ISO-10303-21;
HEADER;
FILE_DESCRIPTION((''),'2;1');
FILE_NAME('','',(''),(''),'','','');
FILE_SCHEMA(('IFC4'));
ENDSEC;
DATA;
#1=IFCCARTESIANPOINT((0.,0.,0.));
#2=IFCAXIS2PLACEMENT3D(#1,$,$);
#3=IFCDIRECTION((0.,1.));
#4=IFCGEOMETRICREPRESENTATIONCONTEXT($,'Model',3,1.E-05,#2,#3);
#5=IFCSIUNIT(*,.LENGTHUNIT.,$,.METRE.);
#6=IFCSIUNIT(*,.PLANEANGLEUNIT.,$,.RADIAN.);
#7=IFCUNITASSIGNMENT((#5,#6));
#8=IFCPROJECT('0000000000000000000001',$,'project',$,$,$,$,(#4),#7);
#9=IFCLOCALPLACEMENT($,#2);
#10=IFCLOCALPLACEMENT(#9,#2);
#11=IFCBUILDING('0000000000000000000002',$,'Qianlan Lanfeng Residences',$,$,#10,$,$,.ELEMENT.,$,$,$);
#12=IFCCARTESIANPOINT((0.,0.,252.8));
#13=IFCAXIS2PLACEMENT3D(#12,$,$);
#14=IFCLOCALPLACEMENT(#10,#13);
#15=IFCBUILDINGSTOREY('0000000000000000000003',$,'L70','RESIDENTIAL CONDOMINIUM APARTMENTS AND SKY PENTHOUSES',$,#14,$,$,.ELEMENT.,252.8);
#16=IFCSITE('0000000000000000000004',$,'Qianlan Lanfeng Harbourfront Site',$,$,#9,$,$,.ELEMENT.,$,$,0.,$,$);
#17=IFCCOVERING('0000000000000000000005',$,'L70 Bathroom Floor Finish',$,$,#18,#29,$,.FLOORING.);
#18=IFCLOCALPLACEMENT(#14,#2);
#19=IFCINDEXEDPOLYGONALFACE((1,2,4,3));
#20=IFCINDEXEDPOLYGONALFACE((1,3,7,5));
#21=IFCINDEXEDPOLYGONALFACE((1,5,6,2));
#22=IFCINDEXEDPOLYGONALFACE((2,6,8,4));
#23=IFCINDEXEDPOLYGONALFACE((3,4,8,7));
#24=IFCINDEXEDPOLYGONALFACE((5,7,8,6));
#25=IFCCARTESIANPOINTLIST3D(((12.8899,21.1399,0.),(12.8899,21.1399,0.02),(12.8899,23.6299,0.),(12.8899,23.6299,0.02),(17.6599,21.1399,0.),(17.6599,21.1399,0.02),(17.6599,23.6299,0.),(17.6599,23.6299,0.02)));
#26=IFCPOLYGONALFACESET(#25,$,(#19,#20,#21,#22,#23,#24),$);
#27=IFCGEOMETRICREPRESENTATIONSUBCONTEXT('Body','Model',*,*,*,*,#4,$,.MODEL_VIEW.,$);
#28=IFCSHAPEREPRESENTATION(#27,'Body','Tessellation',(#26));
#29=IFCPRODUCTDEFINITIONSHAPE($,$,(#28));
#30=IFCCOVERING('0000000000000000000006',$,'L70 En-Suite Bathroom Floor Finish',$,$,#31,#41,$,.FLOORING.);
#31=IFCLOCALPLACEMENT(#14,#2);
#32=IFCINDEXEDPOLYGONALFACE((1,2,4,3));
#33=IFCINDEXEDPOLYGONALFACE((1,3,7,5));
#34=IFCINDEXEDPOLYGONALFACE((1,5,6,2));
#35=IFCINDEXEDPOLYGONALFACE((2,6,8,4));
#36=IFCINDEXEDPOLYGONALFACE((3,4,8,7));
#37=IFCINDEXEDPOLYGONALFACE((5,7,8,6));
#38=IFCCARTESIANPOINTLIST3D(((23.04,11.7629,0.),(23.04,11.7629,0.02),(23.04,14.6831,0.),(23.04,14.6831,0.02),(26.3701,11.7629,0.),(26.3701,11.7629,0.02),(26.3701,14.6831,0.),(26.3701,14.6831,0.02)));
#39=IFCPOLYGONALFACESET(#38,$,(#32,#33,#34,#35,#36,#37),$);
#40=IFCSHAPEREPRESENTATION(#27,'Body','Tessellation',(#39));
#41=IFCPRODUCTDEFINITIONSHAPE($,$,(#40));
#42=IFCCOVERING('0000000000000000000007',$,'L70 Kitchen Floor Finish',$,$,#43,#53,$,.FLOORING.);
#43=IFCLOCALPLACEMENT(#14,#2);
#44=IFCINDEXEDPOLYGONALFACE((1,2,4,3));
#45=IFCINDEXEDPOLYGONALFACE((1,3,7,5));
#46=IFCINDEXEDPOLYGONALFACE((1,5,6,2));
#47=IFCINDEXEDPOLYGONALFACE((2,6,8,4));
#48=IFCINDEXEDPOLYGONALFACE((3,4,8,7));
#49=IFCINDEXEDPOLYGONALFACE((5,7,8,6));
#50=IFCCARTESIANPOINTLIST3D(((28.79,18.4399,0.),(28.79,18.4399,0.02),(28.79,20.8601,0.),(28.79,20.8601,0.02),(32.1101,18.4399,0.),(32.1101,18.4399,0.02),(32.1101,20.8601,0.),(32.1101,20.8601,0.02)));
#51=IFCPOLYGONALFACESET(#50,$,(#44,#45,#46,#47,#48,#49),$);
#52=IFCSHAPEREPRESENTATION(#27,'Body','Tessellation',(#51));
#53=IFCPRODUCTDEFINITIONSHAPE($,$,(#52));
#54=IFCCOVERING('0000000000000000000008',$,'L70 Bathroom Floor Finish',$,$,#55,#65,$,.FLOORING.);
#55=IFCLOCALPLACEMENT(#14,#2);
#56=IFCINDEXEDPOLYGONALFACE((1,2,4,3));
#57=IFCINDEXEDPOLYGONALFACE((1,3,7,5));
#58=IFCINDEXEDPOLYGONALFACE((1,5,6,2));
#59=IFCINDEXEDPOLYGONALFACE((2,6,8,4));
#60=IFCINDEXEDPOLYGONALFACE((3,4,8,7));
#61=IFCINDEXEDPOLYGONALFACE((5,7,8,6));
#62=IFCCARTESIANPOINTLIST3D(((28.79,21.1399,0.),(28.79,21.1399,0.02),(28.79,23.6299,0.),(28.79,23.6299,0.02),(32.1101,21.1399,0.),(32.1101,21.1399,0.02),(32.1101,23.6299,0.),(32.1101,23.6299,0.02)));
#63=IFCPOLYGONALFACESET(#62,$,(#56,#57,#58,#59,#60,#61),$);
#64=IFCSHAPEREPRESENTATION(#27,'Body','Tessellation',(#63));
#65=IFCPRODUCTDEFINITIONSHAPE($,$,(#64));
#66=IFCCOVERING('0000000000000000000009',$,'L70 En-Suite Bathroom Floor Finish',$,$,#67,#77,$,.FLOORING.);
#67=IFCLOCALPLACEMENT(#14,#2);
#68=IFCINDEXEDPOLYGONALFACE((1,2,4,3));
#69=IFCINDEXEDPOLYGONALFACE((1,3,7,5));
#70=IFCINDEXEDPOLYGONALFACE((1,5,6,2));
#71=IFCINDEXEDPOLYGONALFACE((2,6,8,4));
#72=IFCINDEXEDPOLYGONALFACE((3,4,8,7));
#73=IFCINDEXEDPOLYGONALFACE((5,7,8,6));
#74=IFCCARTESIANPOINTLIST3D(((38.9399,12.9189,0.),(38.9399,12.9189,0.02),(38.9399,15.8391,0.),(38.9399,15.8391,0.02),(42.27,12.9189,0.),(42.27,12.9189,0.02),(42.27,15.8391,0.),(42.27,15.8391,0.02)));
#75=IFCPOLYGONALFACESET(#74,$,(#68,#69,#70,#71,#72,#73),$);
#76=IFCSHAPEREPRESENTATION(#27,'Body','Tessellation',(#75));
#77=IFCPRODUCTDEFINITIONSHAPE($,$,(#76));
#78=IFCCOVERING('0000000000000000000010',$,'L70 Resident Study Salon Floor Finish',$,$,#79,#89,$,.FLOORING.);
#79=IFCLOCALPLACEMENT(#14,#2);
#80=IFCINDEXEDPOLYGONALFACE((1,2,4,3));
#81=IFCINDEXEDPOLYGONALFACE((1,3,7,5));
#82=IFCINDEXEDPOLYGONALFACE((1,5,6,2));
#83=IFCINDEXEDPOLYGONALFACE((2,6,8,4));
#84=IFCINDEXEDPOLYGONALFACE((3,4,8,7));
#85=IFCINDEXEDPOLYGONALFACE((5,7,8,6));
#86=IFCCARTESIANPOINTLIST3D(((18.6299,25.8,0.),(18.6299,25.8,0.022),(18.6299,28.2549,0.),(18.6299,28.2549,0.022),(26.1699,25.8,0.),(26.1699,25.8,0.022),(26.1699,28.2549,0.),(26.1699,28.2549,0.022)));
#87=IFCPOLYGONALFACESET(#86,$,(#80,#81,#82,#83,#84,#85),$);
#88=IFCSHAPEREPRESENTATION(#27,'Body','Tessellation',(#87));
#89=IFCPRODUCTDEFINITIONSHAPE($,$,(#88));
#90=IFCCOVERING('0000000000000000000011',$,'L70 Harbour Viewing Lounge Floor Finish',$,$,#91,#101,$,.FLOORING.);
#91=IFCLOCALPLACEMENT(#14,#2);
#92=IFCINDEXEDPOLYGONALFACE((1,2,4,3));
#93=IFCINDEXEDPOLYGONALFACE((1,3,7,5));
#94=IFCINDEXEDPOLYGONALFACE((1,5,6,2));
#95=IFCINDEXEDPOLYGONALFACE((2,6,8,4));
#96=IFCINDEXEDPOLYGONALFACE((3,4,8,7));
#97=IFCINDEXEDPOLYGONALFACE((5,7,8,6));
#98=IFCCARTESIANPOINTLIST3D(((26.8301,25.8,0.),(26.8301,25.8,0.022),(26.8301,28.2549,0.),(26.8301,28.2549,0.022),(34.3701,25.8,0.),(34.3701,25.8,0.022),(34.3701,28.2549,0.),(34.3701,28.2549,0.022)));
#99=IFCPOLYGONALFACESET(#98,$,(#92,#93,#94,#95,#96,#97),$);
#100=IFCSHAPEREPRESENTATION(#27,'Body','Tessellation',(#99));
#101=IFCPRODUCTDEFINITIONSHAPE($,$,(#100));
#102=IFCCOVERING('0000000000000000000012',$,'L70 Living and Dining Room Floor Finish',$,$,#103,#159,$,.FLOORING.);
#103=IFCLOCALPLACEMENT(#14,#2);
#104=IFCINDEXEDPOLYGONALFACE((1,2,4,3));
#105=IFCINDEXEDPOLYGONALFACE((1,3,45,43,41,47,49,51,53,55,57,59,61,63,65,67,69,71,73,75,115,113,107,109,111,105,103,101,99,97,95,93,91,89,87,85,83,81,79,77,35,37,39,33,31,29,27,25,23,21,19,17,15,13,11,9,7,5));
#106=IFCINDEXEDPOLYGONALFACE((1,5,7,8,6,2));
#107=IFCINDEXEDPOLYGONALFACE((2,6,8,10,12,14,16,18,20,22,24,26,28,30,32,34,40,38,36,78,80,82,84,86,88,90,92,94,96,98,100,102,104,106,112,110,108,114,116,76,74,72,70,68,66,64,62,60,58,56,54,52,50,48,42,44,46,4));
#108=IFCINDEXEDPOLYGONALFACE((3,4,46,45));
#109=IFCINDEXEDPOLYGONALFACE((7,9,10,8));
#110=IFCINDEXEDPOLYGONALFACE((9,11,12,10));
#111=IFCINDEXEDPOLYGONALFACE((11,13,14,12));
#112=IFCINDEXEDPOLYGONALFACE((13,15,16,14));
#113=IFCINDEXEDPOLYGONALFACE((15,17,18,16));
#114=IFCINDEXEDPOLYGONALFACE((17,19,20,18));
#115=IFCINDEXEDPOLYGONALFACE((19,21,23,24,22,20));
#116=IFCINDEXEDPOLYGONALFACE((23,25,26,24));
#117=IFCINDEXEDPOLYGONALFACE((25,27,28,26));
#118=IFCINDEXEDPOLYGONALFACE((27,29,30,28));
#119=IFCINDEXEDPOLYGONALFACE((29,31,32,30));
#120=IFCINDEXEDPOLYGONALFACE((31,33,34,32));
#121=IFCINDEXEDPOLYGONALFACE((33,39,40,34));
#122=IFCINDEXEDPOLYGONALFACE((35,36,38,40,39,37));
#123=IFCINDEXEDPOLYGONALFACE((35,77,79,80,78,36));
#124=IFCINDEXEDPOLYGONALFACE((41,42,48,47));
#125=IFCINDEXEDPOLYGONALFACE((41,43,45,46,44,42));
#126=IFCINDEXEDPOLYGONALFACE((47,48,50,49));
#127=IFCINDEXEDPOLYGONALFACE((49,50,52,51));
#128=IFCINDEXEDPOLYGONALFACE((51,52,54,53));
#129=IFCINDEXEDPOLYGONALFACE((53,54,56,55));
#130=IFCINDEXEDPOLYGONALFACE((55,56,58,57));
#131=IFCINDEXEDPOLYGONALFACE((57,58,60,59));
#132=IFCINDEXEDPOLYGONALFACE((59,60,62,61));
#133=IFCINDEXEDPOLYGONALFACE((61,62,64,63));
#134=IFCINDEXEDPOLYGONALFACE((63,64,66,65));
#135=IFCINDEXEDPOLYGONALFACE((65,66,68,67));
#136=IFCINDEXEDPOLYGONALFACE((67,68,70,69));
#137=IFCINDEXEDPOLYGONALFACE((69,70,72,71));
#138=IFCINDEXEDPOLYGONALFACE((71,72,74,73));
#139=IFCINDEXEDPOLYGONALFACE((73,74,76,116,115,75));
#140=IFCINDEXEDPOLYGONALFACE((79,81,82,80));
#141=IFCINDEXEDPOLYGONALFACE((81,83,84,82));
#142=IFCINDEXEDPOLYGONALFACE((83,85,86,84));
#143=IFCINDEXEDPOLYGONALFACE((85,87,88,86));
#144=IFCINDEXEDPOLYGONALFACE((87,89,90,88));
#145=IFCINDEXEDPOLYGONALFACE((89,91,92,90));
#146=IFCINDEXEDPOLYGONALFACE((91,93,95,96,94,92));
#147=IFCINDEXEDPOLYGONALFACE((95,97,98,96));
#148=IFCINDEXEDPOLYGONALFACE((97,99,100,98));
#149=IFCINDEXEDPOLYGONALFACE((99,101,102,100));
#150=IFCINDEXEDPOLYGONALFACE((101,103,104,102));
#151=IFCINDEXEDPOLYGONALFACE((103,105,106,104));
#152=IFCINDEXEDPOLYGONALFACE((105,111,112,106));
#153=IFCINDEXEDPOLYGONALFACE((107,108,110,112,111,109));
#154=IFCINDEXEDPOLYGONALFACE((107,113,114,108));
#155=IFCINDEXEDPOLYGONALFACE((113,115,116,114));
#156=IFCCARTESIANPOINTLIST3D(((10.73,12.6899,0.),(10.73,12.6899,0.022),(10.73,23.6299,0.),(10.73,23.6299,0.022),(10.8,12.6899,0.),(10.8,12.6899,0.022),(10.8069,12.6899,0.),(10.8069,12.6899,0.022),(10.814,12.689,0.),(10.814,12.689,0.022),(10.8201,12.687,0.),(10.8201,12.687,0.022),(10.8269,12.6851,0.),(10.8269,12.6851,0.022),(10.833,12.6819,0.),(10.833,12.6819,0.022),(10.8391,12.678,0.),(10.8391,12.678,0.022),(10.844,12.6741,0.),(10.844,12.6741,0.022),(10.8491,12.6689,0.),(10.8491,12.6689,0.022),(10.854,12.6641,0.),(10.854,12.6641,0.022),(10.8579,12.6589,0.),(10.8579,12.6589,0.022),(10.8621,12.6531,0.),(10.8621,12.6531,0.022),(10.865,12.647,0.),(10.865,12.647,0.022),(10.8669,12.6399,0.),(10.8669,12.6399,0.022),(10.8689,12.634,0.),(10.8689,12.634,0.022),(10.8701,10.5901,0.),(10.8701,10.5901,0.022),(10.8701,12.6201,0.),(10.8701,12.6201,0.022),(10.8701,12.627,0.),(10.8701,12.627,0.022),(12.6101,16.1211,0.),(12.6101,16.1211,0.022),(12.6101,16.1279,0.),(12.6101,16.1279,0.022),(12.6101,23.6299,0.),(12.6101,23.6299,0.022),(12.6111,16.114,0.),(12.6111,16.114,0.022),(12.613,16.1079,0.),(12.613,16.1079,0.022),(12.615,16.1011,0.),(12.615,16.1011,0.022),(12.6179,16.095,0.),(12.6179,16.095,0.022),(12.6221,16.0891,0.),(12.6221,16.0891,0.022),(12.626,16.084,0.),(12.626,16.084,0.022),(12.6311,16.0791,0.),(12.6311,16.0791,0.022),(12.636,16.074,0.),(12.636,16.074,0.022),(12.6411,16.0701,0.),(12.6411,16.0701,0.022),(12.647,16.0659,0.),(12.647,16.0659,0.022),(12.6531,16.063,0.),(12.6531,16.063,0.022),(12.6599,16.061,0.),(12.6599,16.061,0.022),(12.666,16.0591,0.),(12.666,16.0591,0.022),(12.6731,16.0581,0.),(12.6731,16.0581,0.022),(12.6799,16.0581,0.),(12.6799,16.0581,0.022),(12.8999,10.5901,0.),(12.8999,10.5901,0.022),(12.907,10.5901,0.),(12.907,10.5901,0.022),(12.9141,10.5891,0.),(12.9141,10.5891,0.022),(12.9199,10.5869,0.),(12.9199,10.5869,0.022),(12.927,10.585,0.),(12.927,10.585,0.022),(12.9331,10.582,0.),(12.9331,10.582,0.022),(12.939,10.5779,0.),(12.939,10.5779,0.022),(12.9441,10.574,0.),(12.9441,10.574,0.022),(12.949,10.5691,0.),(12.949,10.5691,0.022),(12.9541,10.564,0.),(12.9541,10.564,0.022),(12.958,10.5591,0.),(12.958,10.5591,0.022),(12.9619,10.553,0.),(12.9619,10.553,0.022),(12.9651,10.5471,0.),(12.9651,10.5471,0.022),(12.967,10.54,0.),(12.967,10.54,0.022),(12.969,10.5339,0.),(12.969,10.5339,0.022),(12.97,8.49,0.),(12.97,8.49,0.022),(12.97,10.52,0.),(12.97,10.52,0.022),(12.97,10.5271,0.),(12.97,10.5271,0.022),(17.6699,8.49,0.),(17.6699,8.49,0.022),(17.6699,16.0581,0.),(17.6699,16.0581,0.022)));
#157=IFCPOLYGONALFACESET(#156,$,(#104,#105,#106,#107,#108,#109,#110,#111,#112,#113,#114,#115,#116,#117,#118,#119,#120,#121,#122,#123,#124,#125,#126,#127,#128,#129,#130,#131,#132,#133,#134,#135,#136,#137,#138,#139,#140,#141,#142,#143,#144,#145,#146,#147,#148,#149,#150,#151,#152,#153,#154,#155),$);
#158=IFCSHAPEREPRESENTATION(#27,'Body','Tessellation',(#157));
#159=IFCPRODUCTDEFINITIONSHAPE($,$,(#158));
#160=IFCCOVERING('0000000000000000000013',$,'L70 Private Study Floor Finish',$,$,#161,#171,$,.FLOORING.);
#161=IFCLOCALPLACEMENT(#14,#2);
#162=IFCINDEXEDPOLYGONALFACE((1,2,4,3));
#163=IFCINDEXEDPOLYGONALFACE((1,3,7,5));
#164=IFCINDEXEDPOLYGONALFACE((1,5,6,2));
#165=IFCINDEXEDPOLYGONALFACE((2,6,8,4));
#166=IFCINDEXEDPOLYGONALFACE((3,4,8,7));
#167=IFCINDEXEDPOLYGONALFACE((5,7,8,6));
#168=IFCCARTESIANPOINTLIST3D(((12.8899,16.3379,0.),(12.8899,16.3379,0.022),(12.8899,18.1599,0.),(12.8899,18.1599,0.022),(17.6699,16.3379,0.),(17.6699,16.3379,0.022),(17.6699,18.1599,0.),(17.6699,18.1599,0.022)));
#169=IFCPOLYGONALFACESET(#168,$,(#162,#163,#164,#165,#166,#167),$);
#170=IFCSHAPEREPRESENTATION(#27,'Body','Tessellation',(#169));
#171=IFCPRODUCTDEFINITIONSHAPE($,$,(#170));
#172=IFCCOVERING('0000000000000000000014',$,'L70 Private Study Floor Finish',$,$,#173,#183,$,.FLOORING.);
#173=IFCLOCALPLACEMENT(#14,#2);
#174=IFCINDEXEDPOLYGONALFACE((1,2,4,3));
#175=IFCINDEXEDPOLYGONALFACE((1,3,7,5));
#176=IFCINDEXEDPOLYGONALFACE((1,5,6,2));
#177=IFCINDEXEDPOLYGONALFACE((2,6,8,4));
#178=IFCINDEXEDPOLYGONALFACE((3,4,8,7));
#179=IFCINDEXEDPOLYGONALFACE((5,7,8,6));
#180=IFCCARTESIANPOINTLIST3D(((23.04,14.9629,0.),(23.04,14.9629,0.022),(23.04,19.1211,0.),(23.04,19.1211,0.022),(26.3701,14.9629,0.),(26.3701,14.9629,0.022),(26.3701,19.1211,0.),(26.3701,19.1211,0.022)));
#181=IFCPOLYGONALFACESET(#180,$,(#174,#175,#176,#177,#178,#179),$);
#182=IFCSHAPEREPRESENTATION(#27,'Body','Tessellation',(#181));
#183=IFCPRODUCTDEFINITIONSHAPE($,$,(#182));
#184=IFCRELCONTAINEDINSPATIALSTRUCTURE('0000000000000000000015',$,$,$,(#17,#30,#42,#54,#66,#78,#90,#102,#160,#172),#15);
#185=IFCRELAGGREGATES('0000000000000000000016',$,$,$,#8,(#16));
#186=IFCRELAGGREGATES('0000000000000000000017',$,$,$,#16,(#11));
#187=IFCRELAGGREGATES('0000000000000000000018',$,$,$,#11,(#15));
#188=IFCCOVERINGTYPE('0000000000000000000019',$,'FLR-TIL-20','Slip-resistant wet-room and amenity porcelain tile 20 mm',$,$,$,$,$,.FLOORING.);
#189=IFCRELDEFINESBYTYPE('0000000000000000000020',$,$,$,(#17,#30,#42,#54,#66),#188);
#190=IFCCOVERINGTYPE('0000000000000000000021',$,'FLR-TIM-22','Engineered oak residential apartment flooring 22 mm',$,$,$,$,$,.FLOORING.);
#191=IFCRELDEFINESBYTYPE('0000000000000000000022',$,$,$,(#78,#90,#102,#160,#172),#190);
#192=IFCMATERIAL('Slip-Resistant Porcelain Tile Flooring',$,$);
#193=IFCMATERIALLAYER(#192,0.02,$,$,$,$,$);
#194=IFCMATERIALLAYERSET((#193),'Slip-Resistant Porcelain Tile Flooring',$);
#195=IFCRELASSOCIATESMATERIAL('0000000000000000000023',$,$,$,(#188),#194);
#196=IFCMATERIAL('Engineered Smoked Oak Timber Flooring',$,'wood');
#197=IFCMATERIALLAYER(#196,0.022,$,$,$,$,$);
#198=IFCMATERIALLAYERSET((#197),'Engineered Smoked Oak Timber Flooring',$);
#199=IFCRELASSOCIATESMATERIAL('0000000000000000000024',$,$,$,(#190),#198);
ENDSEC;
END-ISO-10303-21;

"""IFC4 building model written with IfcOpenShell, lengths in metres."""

from ifc_helpers import new_model, si_unit, direction, frame, origin, place, context, subcontext, project, spatial, polyline, outline, extrude, material, layer, layer_set, type_object, element, save


model = new_model("IFC4")

# Units and contexts
model_context = context("Model", 3, precision=1e-05, world=origin(), true_north=direction((0.0, 1.0)))
body_context = subcontext(model_context, "Body", "Model", "MODEL_VIEW")
ifc_project = project(units=[si_unit("LENGTHUNIT", "METRE"), si_unit("PLANEANGLEUNIT", "RADIAN")], contexts=[model_context])

# Site, building, storey
site_placement = place(None, origin())
site = spatial("IfcSite", under=ifc_project, at=site_placement, Name="Qianlan Lanfeng Harbourfront Site", CompositionType="ELEMENT", RefElevation=0.0)
building_placement = place(site_placement, origin())
building = spatial("IfcBuilding", under=site, at=building_placement, Name="Qianlan Lanfeng Residences", CompositionType="ELEMENT")
storey_placement = place(building_placement, frame((0.0, 0.0, 252.8)))
storey = spatial("IfcBuildingStorey", under=building, at=storey_placement, Name="L70", Description="RESIDENTIAL CONDOMINIUM APARTMENTS AND SKY PENTHOUSES", CompositionType="ELEMENT", Elevation=252.8)

# Coverings
ifc_material_1 = material(Name="Slip-Resistant Porcelain Tile Flooring")
ifc_layer_1 = layer(ifc_material_1, 0.02)
ifc_layer_set_1 = layer_set([ifc_layer_1], Name="Slip-Resistant Porcelain Tile Flooring")
covering_type_1 = type_object("IfcCoveringType", Name="FLR-TIL-20", Description="Slip-resistant wet-room and amenity porcelain tile 20 mm", PredefinedType="FLOORING", material=ifc_layer_set_1)
covering_1_placement = place(storey_placement, origin())
element("IfcCovering", 1, at=covering_1_placement, inside=storey, type_object=covering_type_1, Name="L70 Bathroom Floor Finish", PredefinedType="FLOORING", context=body_context, shape_type="SweptSolid", body=[
    extrude(outline(polyline([(12.8899, 21.1399), (17.6599, 21.1399), (17.6599, 23.6299), (12.8899, 23.6299), (12.8899, 21.1399)])), origin(), (0.0, 0.0, 1.0), 0.02),
])
covering_2_placement = place(storey_placement, origin())
element("IfcCovering", 2, at=covering_2_placement, inside=storey, type_object=covering_type_1, Name="L70 En-Suite Bathroom Floor Finish", PredefinedType="FLOORING", context=body_context, shape_type="SweptSolid", body=[
    extrude(outline(polyline([(23.04, 11.7629), (26.3701, 11.7629), (26.3701, 14.6831), (23.04, 14.6831), (23.04, 11.7629)])), origin(), (0.0, 0.0, 1.0), 0.02),
])
covering_3_placement = place(storey_placement, origin())
element("IfcCovering", 3, at=covering_3_placement, inside=storey, type_object=covering_type_1, Name="L70 Kitchen Floor Finish", PredefinedType="FLOORING", context=body_context, shape_type="SweptSolid", body=[
    extrude(outline(polyline([(28.79, 18.4399), (32.1101, 18.4399), (32.1101, 20.8601), (28.79, 20.8601), (28.79, 18.4399)])), origin(), (0.0, 0.0, 1.0), 0.02),
])
covering_4_placement = place(storey_placement, origin())
element("IfcCovering", 4, at=covering_4_placement, inside=storey, type_object=covering_type_1, Name="L70 Bathroom Floor Finish", PredefinedType="FLOORING", context=body_context, shape_type="SweptSolid", body=[
    extrude(outline(polyline([(28.79, 21.1399), (32.1101, 21.1399), (32.1101, 23.6299), (28.79, 23.6299), (28.79, 21.1399)])), origin(), (0.0, 0.0, 1.0), 0.02),
])
covering_5_placement = place(storey_placement, origin())
element("IfcCovering", 5, at=covering_5_placement, inside=storey, type_object=covering_type_1, Name="L70 En-Suite Bathroom Floor Finish", PredefinedType="FLOORING", context=body_context, shape_type="SweptSolid", body=[
    extrude(outline(polyline([(38.9399, 12.9189), (42.27, 12.9189), (42.27, 15.8391), (38.9399, 15.8391), (38.9399, 12.9189)])), origin(), (0.0, 0.0, 1.0), 0.02),
])
ifc_material_2 = material(Name="Engineered Smoked Oak Timber Flooring", Category="wood")
ifc_layer_2 = layer(ifc_material_2, 0.022)
ifc_layer_set_2 = layer_set([ifc_layer_2], Name="Engineered Smoked Oak Timber Flooring")
covering_type_2 = type_object("IfcCoveringType", Name="FLR-TIM-22", Description="Engineered oak residential apartment flooring 22 mm", PredefinedType="FLOORING", material=ifc_layer_set_2)
covering_6_placement = place(storey_placement, origin())
element("IfcCovering", 6, at=covering_6_placement, inside=storey, type_object=covering_type_2, Name="L70 Resident Study Salon Floor Finish", PredefinedType="FLOORING", context=body_context, shape_type="SweptSolid", body=[
    extrude(outline(polyline([(18.6299, 25.8), (26.1699, 25.8), (26.1699, 28.2549), (18.6299, 28.2549), (18.6299, 25.8)])), origin(), (0.0, 0.0, 1.0), 0.022),
])
covering_7_placement = place(storey_placement, origin())
element("IfcCovering", 7, at=covering_7_placement, inside=storey, type_object=covering_type_2, Name="L70 Harbour Viewing Lounge Floor Finish", PredefinedType="FLOORING", context=body_context, shape_type="SweptSolid", body=[
    extrude(outline(polyline([(26.8301, 25.8), (34.3701, 25.8), (34.3701, 28.2549), (26.8301, 28.2549), (26.8301, 25.8)])), origin(), (0.0, 0.0, 1.0), 0.022),
])
covering_8_placement = place(storey_placement, origin())
element("IfcCovering", 8, at=covering_8_placement, inside=storey, type_object=covering_type_2, Name="L70 Living and Dining Room Floor Finish", PredefinedType="FLOORING", context=body_context, shape_type="SweptSolid", body=[
    extrude(outline(polyline([(17.6699, 8.49), (17.6699, 16.0581), (12.6799, 16.0581), (12.6731, 16.0581), (12.666, 16.0591), (12.6599, 16.061), (12.6531, 16.063), (12.647, 16.0659), (12.6411, 16.0701), (12.636, 16.074), (12.6311, 16.0791), (12.626, 16.084), (12.6221, 16.0891), (12.6179, 16.095), (12.615, 16.1011), (12.613, 16.1079), (12.6111, 16.114), (12.6101, 16.1211), (12.6101, 16.1279), (12.6101, 23.6299), (10.73, 23.6299), (10.73, 12.6899), (10.8, 12.6899), (10.8069, 12.6899), (10.814, 12.689), (10.8201, 12.687), (10.8269, 12.6851), (10.833, 12.6819), (10.8391, 12.678), (10.844, 12.6741), (10.8491, 12.6689), (10.854, 12.6641), (10.8579, 12.6589), (10.8621, 12.6531), (10.865, 12.647), (10.8669, 12.6399), (10.8689, 12.634), (10.8701, 12.627), (10.8701, 12.6201), (10.8701, 10.5901), (12.8999, 10.5901), (12.907, 10.5901), (12.9141, 10.5891), (12.9199, 10.5869), (12.927, 10.585), (12.9331, 10.582), (12.939, 10.5779), (12.9441, 10.574), (12.949, 10.5691), (12.9541, 10.564), (12.958, 10.5591), (12.9619, 10.553), (12.9651, 10.5471), (12.967, 10.54), (12.969, 10.5339), (12.97, 10.5271), (12.97, 10.52), (12.97, 8.49), (17.6699, 8.49)])), origin(), (0.0, 0.0, 1.0), 0.022),
])
covering_9_placement = place(storey_placement, origin())
element("IfcCovering", 9, at=covering_9_placement, inside=storey, type_object=covering_type_2, Name="L70 Private Study Floor Finish", PredefinedType="FLOORING", context=body_context, shape_type="SweptSolid", body=[
    extrude(outline(polyline([(12.8899, 18.1599), (12.8899, 16.3379), (17.6699, 16.3379), (17.6699, 18.1599), (12.8899, 18.1599)])), origin(), (0.0, 0.0, 1.0), 0.022),
])
covering_10_placement = place(storey_placement, origin())
element("IfcCovering", 10, at=covering_10_placement, inside=storey, type_object=covering_type_2, Name="L70 Private Study Floor Finish", PredefinedType="FLOORING", context=body_context, shape_type="SweptSolid", body=[
    extrude(outline(polyline([(23.04, 14.9629), (26.3701, 14.9629), (26.3701, 19.1211), (23.04, 19.1211), (23.04, 14.9629)])), origin(), (0.0, 0.0, 1.0), 0.022),
])

save(model, "model.ifc")
